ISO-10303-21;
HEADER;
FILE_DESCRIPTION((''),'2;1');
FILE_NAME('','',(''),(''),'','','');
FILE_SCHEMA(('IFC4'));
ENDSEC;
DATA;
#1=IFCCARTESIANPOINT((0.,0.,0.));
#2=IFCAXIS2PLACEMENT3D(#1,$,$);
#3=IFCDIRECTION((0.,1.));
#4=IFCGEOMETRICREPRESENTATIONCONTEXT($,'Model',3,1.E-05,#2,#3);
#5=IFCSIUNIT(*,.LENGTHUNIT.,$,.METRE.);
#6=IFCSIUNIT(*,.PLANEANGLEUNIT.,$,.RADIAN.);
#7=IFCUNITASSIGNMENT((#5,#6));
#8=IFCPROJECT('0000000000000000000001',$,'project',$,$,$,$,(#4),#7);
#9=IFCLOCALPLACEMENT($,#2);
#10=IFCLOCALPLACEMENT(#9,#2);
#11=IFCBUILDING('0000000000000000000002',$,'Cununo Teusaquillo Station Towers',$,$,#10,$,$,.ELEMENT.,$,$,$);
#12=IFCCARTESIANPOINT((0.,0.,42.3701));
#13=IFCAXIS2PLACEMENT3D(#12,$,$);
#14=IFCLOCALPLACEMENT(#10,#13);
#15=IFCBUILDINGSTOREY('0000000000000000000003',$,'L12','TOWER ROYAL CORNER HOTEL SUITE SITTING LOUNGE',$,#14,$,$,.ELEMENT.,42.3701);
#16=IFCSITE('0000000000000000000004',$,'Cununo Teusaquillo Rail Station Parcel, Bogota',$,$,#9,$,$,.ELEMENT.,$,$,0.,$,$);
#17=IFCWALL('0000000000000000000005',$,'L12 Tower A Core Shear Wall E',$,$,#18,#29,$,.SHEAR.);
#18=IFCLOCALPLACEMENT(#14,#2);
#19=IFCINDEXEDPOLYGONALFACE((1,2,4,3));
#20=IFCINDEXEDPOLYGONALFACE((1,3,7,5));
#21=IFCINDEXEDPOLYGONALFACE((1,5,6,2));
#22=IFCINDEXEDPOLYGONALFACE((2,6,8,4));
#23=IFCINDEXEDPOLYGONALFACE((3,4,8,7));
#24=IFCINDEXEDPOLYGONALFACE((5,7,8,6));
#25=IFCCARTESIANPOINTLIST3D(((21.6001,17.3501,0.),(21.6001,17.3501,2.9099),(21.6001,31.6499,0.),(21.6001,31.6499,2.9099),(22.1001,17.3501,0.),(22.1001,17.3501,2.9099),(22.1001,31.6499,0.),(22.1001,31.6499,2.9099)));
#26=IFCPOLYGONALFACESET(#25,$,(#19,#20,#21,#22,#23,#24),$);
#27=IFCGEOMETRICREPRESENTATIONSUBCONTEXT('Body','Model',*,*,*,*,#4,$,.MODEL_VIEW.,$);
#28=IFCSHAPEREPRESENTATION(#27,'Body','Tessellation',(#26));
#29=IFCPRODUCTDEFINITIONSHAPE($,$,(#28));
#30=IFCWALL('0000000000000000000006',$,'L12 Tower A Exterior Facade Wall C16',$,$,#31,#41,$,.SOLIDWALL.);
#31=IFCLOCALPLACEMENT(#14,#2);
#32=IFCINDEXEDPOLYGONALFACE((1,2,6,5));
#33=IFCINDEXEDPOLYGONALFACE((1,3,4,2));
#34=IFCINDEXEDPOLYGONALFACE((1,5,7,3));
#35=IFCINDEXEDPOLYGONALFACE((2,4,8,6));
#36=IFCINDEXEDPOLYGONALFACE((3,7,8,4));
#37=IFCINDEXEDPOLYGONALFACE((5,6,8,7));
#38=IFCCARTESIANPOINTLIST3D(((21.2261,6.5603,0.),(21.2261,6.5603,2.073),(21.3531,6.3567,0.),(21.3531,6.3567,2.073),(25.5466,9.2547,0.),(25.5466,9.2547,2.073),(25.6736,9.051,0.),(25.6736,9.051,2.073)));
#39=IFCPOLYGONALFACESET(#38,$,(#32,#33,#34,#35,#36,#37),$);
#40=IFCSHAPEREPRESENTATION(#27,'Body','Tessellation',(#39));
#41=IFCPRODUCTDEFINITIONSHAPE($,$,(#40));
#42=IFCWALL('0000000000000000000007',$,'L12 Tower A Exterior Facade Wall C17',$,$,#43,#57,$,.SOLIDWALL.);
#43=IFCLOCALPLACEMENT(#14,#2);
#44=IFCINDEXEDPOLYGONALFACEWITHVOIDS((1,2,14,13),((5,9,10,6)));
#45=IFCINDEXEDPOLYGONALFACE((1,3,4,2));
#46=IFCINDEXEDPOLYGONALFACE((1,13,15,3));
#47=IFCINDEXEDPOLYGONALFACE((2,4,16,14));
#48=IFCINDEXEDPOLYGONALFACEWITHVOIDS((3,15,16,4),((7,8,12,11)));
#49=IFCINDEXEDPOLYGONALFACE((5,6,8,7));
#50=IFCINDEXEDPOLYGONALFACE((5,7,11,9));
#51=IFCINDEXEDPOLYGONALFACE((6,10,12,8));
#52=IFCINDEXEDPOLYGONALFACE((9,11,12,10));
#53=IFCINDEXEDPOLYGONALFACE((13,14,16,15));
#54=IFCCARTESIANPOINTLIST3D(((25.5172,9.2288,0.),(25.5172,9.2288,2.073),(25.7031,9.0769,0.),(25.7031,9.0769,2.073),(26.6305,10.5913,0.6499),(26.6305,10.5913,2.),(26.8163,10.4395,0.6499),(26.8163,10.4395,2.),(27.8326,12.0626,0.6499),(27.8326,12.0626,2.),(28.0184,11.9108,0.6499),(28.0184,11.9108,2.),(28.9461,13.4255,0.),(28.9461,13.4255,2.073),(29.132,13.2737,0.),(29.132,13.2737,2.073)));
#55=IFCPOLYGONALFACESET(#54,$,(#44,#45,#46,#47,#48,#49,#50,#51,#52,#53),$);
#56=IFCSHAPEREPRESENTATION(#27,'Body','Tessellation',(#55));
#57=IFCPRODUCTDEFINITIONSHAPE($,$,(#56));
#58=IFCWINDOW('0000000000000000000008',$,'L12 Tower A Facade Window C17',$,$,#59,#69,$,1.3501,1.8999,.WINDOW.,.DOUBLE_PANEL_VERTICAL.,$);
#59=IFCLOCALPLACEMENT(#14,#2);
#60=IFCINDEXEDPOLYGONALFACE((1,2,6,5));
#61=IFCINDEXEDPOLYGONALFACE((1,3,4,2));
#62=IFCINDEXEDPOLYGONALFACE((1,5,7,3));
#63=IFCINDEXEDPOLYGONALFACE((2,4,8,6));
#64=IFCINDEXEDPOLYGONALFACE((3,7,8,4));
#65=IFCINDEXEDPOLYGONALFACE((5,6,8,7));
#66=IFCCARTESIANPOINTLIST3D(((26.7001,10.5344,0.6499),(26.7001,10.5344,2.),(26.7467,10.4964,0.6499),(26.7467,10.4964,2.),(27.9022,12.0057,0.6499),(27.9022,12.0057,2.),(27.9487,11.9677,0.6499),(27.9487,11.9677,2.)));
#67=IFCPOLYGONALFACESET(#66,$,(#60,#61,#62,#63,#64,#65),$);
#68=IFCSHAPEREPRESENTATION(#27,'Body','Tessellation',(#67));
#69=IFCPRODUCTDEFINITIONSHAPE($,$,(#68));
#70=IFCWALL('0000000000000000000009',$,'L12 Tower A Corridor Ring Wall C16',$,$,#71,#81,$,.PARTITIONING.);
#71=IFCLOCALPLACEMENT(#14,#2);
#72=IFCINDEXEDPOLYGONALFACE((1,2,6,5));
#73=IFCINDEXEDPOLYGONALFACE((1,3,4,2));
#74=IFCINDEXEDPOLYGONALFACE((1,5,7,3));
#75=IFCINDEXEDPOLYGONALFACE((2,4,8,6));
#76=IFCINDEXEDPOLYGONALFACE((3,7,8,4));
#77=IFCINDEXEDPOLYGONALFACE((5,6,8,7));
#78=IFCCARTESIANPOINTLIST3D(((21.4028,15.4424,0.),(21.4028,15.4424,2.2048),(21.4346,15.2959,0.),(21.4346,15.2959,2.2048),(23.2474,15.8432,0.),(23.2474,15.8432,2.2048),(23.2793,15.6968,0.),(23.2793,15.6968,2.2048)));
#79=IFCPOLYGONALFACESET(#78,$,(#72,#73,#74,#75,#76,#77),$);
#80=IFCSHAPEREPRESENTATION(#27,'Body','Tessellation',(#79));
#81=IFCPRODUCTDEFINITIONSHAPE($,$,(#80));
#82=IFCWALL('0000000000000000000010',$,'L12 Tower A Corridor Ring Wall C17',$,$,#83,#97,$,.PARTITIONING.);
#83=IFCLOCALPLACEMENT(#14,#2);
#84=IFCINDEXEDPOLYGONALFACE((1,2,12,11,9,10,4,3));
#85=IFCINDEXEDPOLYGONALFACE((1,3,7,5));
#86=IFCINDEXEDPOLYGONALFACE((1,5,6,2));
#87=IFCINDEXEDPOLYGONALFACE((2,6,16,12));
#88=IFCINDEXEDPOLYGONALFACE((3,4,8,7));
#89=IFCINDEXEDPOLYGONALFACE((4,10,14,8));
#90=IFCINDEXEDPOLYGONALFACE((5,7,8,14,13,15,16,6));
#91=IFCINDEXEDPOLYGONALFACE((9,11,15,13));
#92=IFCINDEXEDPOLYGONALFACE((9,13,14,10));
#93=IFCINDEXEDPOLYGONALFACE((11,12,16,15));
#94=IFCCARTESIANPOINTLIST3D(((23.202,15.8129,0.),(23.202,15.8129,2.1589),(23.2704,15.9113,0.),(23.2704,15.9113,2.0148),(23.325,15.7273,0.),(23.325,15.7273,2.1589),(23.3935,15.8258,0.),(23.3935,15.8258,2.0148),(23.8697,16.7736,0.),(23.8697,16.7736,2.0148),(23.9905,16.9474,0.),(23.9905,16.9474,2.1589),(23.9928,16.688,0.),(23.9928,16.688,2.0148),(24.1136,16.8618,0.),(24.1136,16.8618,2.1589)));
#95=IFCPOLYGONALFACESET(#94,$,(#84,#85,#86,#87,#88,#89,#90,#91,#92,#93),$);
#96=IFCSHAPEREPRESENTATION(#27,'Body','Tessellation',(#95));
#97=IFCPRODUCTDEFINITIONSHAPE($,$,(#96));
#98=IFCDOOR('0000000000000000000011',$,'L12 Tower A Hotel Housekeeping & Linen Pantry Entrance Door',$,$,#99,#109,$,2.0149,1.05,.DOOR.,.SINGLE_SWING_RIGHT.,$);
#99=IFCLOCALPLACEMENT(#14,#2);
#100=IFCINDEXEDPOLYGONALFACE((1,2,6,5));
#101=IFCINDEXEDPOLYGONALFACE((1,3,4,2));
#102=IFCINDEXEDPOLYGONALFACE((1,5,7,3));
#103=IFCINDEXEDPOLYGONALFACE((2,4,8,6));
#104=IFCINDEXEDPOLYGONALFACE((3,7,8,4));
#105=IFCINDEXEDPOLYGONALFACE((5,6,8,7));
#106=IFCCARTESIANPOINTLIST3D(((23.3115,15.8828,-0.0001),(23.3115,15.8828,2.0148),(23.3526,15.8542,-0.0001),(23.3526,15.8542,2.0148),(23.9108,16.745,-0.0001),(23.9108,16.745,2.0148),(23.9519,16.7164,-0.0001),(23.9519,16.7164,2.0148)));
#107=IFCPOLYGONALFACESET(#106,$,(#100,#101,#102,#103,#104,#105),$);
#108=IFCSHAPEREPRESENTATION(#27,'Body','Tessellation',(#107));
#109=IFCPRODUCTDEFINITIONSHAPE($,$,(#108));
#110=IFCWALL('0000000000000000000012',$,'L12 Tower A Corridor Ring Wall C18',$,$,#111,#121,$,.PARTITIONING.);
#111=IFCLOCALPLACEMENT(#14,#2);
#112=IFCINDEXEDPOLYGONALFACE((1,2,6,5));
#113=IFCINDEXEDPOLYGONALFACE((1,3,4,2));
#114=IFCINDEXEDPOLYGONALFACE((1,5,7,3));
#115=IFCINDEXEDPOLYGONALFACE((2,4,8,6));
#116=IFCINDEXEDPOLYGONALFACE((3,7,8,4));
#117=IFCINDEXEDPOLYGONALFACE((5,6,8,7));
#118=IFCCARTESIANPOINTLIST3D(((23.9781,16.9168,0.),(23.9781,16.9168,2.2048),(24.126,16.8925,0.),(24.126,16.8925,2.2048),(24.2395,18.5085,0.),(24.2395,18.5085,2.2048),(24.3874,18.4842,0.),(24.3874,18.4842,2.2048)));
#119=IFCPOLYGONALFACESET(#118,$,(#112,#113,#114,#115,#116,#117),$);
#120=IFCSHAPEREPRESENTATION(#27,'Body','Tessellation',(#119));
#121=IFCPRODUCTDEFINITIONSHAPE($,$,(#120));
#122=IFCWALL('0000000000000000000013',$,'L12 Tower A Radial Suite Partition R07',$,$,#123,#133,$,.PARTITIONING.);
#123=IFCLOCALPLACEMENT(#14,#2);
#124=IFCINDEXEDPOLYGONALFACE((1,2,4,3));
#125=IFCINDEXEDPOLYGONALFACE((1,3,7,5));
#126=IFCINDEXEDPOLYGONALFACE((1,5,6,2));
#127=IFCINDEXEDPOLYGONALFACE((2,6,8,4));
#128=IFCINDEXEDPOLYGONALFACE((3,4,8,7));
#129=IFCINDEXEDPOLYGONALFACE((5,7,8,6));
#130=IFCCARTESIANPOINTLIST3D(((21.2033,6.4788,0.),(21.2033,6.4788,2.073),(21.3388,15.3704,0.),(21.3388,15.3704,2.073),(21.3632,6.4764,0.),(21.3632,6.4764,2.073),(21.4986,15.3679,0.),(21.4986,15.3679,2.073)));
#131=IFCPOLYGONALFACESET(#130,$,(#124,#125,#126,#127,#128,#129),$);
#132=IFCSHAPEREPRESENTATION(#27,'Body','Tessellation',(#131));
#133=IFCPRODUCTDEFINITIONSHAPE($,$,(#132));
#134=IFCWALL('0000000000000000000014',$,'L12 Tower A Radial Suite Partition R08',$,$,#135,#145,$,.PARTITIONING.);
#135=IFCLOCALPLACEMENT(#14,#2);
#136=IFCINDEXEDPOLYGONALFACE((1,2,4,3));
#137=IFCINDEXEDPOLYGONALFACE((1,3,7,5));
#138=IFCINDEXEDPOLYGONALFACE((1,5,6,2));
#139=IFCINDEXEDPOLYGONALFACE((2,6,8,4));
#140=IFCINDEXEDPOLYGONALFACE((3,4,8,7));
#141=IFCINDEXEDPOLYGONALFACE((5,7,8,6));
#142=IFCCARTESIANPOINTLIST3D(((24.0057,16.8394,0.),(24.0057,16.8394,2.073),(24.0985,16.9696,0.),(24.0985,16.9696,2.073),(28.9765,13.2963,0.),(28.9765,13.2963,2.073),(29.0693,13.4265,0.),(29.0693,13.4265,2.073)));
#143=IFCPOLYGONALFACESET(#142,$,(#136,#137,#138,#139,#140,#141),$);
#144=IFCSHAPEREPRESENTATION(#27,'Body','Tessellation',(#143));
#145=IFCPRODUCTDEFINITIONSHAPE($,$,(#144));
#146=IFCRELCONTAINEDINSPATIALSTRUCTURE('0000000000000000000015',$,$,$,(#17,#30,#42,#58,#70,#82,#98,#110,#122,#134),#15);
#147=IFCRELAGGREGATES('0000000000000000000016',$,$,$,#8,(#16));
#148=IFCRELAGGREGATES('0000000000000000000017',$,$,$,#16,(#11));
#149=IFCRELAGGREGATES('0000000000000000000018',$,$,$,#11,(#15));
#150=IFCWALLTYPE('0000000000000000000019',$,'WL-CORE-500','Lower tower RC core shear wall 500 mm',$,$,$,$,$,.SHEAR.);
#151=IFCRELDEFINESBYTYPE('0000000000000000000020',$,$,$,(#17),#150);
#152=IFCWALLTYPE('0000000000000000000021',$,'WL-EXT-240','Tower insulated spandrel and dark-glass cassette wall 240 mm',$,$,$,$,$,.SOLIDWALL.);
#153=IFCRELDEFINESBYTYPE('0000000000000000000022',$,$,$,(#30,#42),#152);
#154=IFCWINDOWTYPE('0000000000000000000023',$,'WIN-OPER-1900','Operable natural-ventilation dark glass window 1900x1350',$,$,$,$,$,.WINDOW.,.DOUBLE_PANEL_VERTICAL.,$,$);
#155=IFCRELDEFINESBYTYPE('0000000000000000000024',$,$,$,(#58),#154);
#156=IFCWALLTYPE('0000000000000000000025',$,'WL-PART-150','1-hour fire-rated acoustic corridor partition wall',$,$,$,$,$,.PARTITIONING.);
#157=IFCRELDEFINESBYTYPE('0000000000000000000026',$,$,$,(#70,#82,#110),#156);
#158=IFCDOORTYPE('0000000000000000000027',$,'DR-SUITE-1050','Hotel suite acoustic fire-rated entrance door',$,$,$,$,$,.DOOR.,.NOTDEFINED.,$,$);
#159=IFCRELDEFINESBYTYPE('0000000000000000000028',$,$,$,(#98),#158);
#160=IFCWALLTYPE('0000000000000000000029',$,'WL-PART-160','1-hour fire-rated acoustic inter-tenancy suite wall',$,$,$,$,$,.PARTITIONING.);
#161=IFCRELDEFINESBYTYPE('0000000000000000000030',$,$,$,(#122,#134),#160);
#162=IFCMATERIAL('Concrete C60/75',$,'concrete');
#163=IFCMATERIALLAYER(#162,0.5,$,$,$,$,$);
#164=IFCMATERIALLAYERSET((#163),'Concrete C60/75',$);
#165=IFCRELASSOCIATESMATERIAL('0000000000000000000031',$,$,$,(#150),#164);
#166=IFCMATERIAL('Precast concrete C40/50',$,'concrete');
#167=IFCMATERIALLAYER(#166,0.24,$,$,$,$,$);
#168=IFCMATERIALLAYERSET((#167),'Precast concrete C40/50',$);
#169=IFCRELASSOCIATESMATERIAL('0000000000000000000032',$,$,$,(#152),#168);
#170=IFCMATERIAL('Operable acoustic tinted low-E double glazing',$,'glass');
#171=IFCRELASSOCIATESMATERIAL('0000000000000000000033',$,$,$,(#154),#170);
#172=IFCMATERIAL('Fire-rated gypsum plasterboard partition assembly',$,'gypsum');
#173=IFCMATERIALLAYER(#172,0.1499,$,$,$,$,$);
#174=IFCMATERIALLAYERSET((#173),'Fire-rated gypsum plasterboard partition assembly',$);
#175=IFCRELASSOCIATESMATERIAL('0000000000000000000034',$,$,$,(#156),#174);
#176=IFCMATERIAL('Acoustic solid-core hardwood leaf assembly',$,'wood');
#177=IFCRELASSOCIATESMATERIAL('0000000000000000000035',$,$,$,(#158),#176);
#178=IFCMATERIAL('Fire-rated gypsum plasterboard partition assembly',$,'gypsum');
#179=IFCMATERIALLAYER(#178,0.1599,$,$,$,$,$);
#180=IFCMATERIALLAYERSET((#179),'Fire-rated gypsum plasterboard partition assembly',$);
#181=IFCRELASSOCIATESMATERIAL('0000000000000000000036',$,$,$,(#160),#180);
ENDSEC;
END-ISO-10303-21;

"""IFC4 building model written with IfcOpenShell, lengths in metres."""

from ifc_helpers import new_model, si_unit, direction, frame, frame_2d, origin, place, context, subcontext, project, spatial, rectangle, extrude, source, transform, mapped, material, layer, layer_set, type_object, element, fill, save


model = new_model("IFC4")

# Units and contexts
model_context = context("Model", 3, precision=1e-05, world=origin(), true_north=direction((0.0, 1.0)))
body_context = subcontext(model_context, "Body", "Model", "MODEL_VIEW")
ifc_project = project(units=[si_unit("LENGTHUNIT", "METRE"), si_unit("PLANEANGLEUNIT", "RADIAN")], contexts=[model_context])

# Site, building, storey
site_placement = place(None, origin())
site = spatial("IfcSite", under=ifc_project, at=site_placement, Name="Cununo Teusaquillo Rail Station Parcel, Bogota", CompositionType="ELEMENT", RefElevation=0.0)
building_placement = place(site_placement, origin())
building = spatial("IfcBuilding", under=site, at=building_placement, Name="Cununo Teusaquillo Station Towers", CompositionType="ELEMENT")
storey_placement = place(building_placement, frame((0.0, 0.0, 42.3701)))
storey = spatial("IfcBuildingStorey", under=building, at=storey_placement, Name="L12", Description="TOWER ROYAL CORNER HOTEL SUITE SITTING LOUNGE", CompositionType="ELEMENT", Elevation=42.3701)

# Walls
ifc_material_1 = material(Name="Concrete C60/75", Category="concrete")
ifc_layer_1 = layer(ifc_material_1, 0.5)
ifc_layer_set_1 = layer_set([ifc_layer_1], Name="Concrete C60/75")
wall_type_1 = type_object("IfcWallType", Name="WL-CORE-500", Description="Lower tower RC core shear wall 500 mm", PredefinedType="SHEAR", material=ifc_layer_set_1)
wall_1_placement = place(storey_placement, frame((21.8501, 17.3501, 0.0), z_axis=(0.0, 0.0, 1.0), x_axis=(0.0, 1.0, 0.0)))
element("IfcWall", 1, at=wall_1_placement, inside=storey, type_object=wall_type_1, Name="L12 Tower A Core Shear Wall E", PredefinedType="SHEAR", context=body_context, shape_type="SweptSolid", body=[
    extrude(rectangle(XDim=14.2998, YDim=0.5, at=frame_2d((7.1499, 0.0))), origin(), (0.0, 0.0, 1.0), 2.9099),
])
ifc_material_2 = material(Name="Precast concrete C40/50", Category="concrete")
ifc_layer_2 = layer(ifc_material_2, 0.24)
ifc_layer_set_2 = layer_set([ifc_layer_2], Name="Precast concrete C40/50")
wall_type_2 = type_object("IfcWallType", Name="WL-EXT-240", Description="Tower insulated spandrel and dark-glass cassette wall 240 mm", PredefinedType="SOLIDWALL", material=ifc_layer_set_2)
wall_2_placement = place(storey_placement, frame((25.6101, 9.1528, 0.0), z_axis=(0.0, 0.0, 1.0), x_axis=(-0.848529, -0.52915, 0.0)))
element("IfcWall", 2, at=wall_2_placement, inside=storey, type_object=wall_type_2, Name="L12 Tower A Exterior Facade Wall C16", PredefinedType="SOLIDWALL", context=body_context, shape_type="SweptSolid", body=[
    extrude(rectangle(XDim=5.0918, YDim=0.24, at=frame_2d((2.5459, 0.0))), origin(), (0.0, 0.0, 1.0), 2.073),
])

# Wall, opening, window
wall_3_placement = place(storey_placement, frame((29.0391, 13.3496, 0.0), z_axis=(0.0, 0.0, 1.0), x_axis=(-0.63271, -0.774389, 0.0)))
wall_3 = element("IfcWall", 3, at=wall_3_placement, inside=storey, type_object=wall_type_2, Name="L12 Tower A Exterior Facade Wall C17", PredefinedType="SOLIDWALL", context=body_context, shape_type="SweptSolid", body=[
    extrude(rectangle(XDim=5.4194, YDim=0.24, at=frame_2d((2.7097, 0.0))), origin(), (0.0, 0.0, 1.0), 2.073),
])
shared_shape_1 = source(origin(), body_context, "Body", "SweptSolid", [
    extrude(rectangle(XDim=1.8999, YDim=1.3501, at=frame_2d((0.95, 0.675))), frame((0.0, 0.1299, 0.0), z_axis=(0.0, -1.0, 0.0), x_axis=(1.0, 0.0, 0.0)), (0.0, 0.0, 1.0), 0.26),
])
opening_1_placement = place(wall_3_placement, frame((1.76, 0.0, 0.6499)))
opening_1 = element("IfcOpeningElement", 4, at=opening_1_placement, cuts=wall_3, PredefinedType="OPENING", context=body_context, shape_type="MappedRepresentation", body=[
    mapped(shared_shape_1, transform((0.0, 0.0, 0.0), x_axis=(1.0, 0.0, 0.0), y_axis=(0.0, 1.0, 0.0), z_axis=(0.0, 0.0, 1.0), scale=1.0)),
])
ifc_material_3 = material(Name="Operable acoustic tinted low-E double glazing", Category="glass")
window_type = type_object("IfcWindowType", Name="WIN-OPER-1900", Description="Operable natural-ventilation dark glass window 1900x1350", PartitioningType="DOUBLE_PANEL_VERTICAL", PredefinedType="WINDOW", material=ifc_material_3)
shared_shape_2 = source(origin(), body_context, "Body", "SweptSolid", [
    extrude(rectangle(XDim=1.8999, YDim=1.3501, at=frame_2d((0.95, 0.675))), frame((0.0, 0.03, 0.0), z_axis=(0.0, -1.0, 0.0), x_axis=(1.0, 0.0, 0.0)), (0.0, 0.0, 1.0), 0.0601),
])
window_placement = place(opening_1_placement, origin())
window = element("IfcWindow", 5, at=window_placement, inside=storey, type_object=window_type, Name="L12 Tower A Facade Window C17", OverallHeight=1.3501, OverallWidth=1.8999, PartitioningType="DOUBLE_PANEL_VERTICAL", PredefinedType="WINDOW", context=body_context, shape_type="MappedRepresentation", body=[
    mapped(shared_shape_2, transform((0.0, 0.0, 0.0), x_axis=(1.0, 0.0, 0.0), y_axis=(0.0, 1.0, 0.0), z_axis=(0.0, 0.0, 1.0), scale=1.0)),
])
fill(opening_1, window)

# Wall
ifc_material_4 = material(Name="Fire-rated gypsum plasterboard partition assembly", Category="gypsum")
ifc_layer_3 = layer(ifc_material_4, 0.1499)
ifc_layer_set_3 = layer_set([ifc_layer_3], Name="Fire-rated gypsum plasterboard partition assembly")
wall_type_3 = type_object("IfcWallType", Name="WL-PART-150", Description="1-hour fire-rated acoustic corridor partition wall", PredefinedType="PARTITIONING", material=ifc_layer_set_3)
wall_4_placement = place(storey_placement, frame((21.4187, 15.3691, 0.0), z_axis=(0.0, 0.0, 1.0), x_axis=(0.977193, 0.212354, 0.0)))
element("IfcWall", 6, at=wall_4_placement, inside=storey, type_object=wall_type_3, Name="L12 Tower A Corridor Ring Wall C16", PredefinedType="PARTITIONING", context=body_context, shape_type="SweptSolid", body=[
    extrude(rectangle(XDim=1.8877, YDim=0.1499, at=frame_2d((0.9438, 0.0))), origin(), (0.0, 0.0, 1.0), 2.2048),
])

# Wall, opening, door
wall_5_placement = place(storey_placement, frame((23.2634, 15.77, 0.0), z_axis=(0.0, 0.0, 1.0), x_axis=(0.570743, 0.821128, 0.0)))
wall_5 = element("IfcWall", 7, at=wall_5_placement, inside=storey, type_object=wall_type_3, Name="L12 Tower A Corridor Ring Wall C17", PredefinedType="PARTITIONING", context=body_context, shape_type="SweptSolid", body=[
    extrude(rectangle(XDim=1.3816, YDim=0.1499, at=frame_2d((0.6909, 0.0))), origin(), (0.0, 0.0, 1.0), 2.1589),
])
shared_shape_3 = source(origin(), body_context, "Body", "SweptSolid", [
    extrude(rectangle(XDim=1.05, YDim=2.0149, at=frame_2d((0.5249, 1.0073))), frame((0.0, 0.085, 0.0), z_axis=(0.0, -1.0, 0.0), x_axis=(1.0, 0.0, 0.0)), (0.0, 0.0, 1.0), 0.1699),
])
opening_2_placement = place(wall_5_placement, frame((0.1201, 0.0, 0.0)))
opening_2 = element("IfcOpeningElement", 8, at=opening_2_placement, cuts=wall_5, PredefinedType="OPENING", context=body_context, shape_type="MappedRepresentation", body=[
    mapped(shared_shape_3, transform((0.0, 0.0, 0.0), x_axis=(1.0, 0.0, 0.0), y_axis=(0.0, 1.0, 0.0), z_axis=(0.0, 0.0, 1.0), scale=1.0)),
])
ifc_material_5 = material(Name="Acoustic solid-core hardwood leaf assembly", Category="wood")
door_type = type_object("IfcDoorType", Name="DR-SUITE-1050", Description="Hotel suite acoustic fire-rated entrance door", OperationType="NOTDEFINED", PredefinedType="DOOR", material=ifc_material_5)
shared_shape_4 = source(origin(), body_context, "Body", "SweptSolid", [
    extrude(rectangle(XDim=1.05, YDim=2.0149, at=frame_2d((0.5249, 1.0073))), frame((0.0, 0.0249, 0.0), z_axis=(0.0, -1.0, 0.0), x_axis=(1.0, 0.0, 0.0)), (0.0, 0.0, 1.0), 0.05),
])
door_placement = place(opening_2_placement, origin())
door = element("IfcDoor", 9, at=door_placement, inside=storey, type_object=door_type, Name="L12 Tower A Hotel Housekeeping & Linen Pantry Entrance Door", OperationType="SINGLE_SWING_RIGHT", OverallHeight=2.0149, OverallWidth=1.05, PredefinedType="DOOR", context=body_context, shape_type="MappedRepresentation", body=[
    mapped(shared_shape_4, transform((0.0, 0.0, 0.0), x_axis=(1.0, 0.0, 0.0), y_axis=(0.0, 1.0, 0.0), z_axis=(0.0, 0.0, 1.0), scale=1.0)),
])
fill(opening_2, door)

# Walls
wall_6_placement = place(storey_placement, frame((24.052, 16.9045, 0.0), z_axis=(0.0, 0.0, 1.0), x_axis=(0.162092, 0.986776, 0.0)))
element("IfcWall", 10, at=wall_6_placement, inside=storey, type_object=wall_type_3, Name="L12 Tower A Corridor Ring Wall C18", PredefinedType="PARTITIONING", context=body_context, shape_type="SweptSolid", body=[
    extrude(rectangle(XDim=1.613, YDim=0.1499, at=frame_2d((0.8066, 0.0))), origin(), (0.0, 0.0, 1.0), 2.2048),
])
ifc_material_6 = material(Name="Fire-rated gypsum plasterboard partition assembly", Category="gypsum")
ifc_layer_4 = layer(ifc_material_6, 0.1599)
ifc_layer_set_4 = layer_set([ifc_layer_4], Name="Fire-rated gypsum plasterboard partition assembly")
wall_type_4 = type_object("IfcWallType", Name="WL-PART-160", Description="1-hour fire-rated acoustic inter-tenancy suite wall", PredefinedType="PARTITIONING", material=ifc_layer_set_4)
wall_7_placement = place(storey_placement, frame((21.4187, 15.3691, 0.0), z_axis=(0.0, 0.0, 1.0), x_axis=(-0.015237, -0.999884, 0.0)))
element("IfcWall", 11, at=wall_7_placement, inside=storey, type_object=wall_type_4, Name="L12 Tower A Radial Suite Partition R07", PredefinedType="PARTITIONING", context=body_context, shape_type="SweptSolid", body=[
    extrude(rectangle(XDim=8.8926, YDim=0.1599, at=frame_2d((4.4463, 0.0))), origin(), (0.0, 0.0, 1.0), 2.073),
])
wall_8_placement = place(storey_placement, frame((24.052, 16.9045, 0.0), z_axis=(0.0, 0.0, 1.0), x_axis=(0.814317, -0.580421, 0.0)))
element("IfcWall", 12, at=wall_8_placement, inside=storey, type_object=wall_type_4, Name="L12 Tower A Radial Suite Partition R08", PredefinedType="PARTITIONING", context=body_context, shape_type="SweptSolid", body=[
    extrude(rectangle(XDim=6.1042, YDim=0.1599, at=frame_2d((3.0522, 0.0))), origin(), (0.0, 0.0, 1.0), 2.073),
])

save(model, "model.ifc")
